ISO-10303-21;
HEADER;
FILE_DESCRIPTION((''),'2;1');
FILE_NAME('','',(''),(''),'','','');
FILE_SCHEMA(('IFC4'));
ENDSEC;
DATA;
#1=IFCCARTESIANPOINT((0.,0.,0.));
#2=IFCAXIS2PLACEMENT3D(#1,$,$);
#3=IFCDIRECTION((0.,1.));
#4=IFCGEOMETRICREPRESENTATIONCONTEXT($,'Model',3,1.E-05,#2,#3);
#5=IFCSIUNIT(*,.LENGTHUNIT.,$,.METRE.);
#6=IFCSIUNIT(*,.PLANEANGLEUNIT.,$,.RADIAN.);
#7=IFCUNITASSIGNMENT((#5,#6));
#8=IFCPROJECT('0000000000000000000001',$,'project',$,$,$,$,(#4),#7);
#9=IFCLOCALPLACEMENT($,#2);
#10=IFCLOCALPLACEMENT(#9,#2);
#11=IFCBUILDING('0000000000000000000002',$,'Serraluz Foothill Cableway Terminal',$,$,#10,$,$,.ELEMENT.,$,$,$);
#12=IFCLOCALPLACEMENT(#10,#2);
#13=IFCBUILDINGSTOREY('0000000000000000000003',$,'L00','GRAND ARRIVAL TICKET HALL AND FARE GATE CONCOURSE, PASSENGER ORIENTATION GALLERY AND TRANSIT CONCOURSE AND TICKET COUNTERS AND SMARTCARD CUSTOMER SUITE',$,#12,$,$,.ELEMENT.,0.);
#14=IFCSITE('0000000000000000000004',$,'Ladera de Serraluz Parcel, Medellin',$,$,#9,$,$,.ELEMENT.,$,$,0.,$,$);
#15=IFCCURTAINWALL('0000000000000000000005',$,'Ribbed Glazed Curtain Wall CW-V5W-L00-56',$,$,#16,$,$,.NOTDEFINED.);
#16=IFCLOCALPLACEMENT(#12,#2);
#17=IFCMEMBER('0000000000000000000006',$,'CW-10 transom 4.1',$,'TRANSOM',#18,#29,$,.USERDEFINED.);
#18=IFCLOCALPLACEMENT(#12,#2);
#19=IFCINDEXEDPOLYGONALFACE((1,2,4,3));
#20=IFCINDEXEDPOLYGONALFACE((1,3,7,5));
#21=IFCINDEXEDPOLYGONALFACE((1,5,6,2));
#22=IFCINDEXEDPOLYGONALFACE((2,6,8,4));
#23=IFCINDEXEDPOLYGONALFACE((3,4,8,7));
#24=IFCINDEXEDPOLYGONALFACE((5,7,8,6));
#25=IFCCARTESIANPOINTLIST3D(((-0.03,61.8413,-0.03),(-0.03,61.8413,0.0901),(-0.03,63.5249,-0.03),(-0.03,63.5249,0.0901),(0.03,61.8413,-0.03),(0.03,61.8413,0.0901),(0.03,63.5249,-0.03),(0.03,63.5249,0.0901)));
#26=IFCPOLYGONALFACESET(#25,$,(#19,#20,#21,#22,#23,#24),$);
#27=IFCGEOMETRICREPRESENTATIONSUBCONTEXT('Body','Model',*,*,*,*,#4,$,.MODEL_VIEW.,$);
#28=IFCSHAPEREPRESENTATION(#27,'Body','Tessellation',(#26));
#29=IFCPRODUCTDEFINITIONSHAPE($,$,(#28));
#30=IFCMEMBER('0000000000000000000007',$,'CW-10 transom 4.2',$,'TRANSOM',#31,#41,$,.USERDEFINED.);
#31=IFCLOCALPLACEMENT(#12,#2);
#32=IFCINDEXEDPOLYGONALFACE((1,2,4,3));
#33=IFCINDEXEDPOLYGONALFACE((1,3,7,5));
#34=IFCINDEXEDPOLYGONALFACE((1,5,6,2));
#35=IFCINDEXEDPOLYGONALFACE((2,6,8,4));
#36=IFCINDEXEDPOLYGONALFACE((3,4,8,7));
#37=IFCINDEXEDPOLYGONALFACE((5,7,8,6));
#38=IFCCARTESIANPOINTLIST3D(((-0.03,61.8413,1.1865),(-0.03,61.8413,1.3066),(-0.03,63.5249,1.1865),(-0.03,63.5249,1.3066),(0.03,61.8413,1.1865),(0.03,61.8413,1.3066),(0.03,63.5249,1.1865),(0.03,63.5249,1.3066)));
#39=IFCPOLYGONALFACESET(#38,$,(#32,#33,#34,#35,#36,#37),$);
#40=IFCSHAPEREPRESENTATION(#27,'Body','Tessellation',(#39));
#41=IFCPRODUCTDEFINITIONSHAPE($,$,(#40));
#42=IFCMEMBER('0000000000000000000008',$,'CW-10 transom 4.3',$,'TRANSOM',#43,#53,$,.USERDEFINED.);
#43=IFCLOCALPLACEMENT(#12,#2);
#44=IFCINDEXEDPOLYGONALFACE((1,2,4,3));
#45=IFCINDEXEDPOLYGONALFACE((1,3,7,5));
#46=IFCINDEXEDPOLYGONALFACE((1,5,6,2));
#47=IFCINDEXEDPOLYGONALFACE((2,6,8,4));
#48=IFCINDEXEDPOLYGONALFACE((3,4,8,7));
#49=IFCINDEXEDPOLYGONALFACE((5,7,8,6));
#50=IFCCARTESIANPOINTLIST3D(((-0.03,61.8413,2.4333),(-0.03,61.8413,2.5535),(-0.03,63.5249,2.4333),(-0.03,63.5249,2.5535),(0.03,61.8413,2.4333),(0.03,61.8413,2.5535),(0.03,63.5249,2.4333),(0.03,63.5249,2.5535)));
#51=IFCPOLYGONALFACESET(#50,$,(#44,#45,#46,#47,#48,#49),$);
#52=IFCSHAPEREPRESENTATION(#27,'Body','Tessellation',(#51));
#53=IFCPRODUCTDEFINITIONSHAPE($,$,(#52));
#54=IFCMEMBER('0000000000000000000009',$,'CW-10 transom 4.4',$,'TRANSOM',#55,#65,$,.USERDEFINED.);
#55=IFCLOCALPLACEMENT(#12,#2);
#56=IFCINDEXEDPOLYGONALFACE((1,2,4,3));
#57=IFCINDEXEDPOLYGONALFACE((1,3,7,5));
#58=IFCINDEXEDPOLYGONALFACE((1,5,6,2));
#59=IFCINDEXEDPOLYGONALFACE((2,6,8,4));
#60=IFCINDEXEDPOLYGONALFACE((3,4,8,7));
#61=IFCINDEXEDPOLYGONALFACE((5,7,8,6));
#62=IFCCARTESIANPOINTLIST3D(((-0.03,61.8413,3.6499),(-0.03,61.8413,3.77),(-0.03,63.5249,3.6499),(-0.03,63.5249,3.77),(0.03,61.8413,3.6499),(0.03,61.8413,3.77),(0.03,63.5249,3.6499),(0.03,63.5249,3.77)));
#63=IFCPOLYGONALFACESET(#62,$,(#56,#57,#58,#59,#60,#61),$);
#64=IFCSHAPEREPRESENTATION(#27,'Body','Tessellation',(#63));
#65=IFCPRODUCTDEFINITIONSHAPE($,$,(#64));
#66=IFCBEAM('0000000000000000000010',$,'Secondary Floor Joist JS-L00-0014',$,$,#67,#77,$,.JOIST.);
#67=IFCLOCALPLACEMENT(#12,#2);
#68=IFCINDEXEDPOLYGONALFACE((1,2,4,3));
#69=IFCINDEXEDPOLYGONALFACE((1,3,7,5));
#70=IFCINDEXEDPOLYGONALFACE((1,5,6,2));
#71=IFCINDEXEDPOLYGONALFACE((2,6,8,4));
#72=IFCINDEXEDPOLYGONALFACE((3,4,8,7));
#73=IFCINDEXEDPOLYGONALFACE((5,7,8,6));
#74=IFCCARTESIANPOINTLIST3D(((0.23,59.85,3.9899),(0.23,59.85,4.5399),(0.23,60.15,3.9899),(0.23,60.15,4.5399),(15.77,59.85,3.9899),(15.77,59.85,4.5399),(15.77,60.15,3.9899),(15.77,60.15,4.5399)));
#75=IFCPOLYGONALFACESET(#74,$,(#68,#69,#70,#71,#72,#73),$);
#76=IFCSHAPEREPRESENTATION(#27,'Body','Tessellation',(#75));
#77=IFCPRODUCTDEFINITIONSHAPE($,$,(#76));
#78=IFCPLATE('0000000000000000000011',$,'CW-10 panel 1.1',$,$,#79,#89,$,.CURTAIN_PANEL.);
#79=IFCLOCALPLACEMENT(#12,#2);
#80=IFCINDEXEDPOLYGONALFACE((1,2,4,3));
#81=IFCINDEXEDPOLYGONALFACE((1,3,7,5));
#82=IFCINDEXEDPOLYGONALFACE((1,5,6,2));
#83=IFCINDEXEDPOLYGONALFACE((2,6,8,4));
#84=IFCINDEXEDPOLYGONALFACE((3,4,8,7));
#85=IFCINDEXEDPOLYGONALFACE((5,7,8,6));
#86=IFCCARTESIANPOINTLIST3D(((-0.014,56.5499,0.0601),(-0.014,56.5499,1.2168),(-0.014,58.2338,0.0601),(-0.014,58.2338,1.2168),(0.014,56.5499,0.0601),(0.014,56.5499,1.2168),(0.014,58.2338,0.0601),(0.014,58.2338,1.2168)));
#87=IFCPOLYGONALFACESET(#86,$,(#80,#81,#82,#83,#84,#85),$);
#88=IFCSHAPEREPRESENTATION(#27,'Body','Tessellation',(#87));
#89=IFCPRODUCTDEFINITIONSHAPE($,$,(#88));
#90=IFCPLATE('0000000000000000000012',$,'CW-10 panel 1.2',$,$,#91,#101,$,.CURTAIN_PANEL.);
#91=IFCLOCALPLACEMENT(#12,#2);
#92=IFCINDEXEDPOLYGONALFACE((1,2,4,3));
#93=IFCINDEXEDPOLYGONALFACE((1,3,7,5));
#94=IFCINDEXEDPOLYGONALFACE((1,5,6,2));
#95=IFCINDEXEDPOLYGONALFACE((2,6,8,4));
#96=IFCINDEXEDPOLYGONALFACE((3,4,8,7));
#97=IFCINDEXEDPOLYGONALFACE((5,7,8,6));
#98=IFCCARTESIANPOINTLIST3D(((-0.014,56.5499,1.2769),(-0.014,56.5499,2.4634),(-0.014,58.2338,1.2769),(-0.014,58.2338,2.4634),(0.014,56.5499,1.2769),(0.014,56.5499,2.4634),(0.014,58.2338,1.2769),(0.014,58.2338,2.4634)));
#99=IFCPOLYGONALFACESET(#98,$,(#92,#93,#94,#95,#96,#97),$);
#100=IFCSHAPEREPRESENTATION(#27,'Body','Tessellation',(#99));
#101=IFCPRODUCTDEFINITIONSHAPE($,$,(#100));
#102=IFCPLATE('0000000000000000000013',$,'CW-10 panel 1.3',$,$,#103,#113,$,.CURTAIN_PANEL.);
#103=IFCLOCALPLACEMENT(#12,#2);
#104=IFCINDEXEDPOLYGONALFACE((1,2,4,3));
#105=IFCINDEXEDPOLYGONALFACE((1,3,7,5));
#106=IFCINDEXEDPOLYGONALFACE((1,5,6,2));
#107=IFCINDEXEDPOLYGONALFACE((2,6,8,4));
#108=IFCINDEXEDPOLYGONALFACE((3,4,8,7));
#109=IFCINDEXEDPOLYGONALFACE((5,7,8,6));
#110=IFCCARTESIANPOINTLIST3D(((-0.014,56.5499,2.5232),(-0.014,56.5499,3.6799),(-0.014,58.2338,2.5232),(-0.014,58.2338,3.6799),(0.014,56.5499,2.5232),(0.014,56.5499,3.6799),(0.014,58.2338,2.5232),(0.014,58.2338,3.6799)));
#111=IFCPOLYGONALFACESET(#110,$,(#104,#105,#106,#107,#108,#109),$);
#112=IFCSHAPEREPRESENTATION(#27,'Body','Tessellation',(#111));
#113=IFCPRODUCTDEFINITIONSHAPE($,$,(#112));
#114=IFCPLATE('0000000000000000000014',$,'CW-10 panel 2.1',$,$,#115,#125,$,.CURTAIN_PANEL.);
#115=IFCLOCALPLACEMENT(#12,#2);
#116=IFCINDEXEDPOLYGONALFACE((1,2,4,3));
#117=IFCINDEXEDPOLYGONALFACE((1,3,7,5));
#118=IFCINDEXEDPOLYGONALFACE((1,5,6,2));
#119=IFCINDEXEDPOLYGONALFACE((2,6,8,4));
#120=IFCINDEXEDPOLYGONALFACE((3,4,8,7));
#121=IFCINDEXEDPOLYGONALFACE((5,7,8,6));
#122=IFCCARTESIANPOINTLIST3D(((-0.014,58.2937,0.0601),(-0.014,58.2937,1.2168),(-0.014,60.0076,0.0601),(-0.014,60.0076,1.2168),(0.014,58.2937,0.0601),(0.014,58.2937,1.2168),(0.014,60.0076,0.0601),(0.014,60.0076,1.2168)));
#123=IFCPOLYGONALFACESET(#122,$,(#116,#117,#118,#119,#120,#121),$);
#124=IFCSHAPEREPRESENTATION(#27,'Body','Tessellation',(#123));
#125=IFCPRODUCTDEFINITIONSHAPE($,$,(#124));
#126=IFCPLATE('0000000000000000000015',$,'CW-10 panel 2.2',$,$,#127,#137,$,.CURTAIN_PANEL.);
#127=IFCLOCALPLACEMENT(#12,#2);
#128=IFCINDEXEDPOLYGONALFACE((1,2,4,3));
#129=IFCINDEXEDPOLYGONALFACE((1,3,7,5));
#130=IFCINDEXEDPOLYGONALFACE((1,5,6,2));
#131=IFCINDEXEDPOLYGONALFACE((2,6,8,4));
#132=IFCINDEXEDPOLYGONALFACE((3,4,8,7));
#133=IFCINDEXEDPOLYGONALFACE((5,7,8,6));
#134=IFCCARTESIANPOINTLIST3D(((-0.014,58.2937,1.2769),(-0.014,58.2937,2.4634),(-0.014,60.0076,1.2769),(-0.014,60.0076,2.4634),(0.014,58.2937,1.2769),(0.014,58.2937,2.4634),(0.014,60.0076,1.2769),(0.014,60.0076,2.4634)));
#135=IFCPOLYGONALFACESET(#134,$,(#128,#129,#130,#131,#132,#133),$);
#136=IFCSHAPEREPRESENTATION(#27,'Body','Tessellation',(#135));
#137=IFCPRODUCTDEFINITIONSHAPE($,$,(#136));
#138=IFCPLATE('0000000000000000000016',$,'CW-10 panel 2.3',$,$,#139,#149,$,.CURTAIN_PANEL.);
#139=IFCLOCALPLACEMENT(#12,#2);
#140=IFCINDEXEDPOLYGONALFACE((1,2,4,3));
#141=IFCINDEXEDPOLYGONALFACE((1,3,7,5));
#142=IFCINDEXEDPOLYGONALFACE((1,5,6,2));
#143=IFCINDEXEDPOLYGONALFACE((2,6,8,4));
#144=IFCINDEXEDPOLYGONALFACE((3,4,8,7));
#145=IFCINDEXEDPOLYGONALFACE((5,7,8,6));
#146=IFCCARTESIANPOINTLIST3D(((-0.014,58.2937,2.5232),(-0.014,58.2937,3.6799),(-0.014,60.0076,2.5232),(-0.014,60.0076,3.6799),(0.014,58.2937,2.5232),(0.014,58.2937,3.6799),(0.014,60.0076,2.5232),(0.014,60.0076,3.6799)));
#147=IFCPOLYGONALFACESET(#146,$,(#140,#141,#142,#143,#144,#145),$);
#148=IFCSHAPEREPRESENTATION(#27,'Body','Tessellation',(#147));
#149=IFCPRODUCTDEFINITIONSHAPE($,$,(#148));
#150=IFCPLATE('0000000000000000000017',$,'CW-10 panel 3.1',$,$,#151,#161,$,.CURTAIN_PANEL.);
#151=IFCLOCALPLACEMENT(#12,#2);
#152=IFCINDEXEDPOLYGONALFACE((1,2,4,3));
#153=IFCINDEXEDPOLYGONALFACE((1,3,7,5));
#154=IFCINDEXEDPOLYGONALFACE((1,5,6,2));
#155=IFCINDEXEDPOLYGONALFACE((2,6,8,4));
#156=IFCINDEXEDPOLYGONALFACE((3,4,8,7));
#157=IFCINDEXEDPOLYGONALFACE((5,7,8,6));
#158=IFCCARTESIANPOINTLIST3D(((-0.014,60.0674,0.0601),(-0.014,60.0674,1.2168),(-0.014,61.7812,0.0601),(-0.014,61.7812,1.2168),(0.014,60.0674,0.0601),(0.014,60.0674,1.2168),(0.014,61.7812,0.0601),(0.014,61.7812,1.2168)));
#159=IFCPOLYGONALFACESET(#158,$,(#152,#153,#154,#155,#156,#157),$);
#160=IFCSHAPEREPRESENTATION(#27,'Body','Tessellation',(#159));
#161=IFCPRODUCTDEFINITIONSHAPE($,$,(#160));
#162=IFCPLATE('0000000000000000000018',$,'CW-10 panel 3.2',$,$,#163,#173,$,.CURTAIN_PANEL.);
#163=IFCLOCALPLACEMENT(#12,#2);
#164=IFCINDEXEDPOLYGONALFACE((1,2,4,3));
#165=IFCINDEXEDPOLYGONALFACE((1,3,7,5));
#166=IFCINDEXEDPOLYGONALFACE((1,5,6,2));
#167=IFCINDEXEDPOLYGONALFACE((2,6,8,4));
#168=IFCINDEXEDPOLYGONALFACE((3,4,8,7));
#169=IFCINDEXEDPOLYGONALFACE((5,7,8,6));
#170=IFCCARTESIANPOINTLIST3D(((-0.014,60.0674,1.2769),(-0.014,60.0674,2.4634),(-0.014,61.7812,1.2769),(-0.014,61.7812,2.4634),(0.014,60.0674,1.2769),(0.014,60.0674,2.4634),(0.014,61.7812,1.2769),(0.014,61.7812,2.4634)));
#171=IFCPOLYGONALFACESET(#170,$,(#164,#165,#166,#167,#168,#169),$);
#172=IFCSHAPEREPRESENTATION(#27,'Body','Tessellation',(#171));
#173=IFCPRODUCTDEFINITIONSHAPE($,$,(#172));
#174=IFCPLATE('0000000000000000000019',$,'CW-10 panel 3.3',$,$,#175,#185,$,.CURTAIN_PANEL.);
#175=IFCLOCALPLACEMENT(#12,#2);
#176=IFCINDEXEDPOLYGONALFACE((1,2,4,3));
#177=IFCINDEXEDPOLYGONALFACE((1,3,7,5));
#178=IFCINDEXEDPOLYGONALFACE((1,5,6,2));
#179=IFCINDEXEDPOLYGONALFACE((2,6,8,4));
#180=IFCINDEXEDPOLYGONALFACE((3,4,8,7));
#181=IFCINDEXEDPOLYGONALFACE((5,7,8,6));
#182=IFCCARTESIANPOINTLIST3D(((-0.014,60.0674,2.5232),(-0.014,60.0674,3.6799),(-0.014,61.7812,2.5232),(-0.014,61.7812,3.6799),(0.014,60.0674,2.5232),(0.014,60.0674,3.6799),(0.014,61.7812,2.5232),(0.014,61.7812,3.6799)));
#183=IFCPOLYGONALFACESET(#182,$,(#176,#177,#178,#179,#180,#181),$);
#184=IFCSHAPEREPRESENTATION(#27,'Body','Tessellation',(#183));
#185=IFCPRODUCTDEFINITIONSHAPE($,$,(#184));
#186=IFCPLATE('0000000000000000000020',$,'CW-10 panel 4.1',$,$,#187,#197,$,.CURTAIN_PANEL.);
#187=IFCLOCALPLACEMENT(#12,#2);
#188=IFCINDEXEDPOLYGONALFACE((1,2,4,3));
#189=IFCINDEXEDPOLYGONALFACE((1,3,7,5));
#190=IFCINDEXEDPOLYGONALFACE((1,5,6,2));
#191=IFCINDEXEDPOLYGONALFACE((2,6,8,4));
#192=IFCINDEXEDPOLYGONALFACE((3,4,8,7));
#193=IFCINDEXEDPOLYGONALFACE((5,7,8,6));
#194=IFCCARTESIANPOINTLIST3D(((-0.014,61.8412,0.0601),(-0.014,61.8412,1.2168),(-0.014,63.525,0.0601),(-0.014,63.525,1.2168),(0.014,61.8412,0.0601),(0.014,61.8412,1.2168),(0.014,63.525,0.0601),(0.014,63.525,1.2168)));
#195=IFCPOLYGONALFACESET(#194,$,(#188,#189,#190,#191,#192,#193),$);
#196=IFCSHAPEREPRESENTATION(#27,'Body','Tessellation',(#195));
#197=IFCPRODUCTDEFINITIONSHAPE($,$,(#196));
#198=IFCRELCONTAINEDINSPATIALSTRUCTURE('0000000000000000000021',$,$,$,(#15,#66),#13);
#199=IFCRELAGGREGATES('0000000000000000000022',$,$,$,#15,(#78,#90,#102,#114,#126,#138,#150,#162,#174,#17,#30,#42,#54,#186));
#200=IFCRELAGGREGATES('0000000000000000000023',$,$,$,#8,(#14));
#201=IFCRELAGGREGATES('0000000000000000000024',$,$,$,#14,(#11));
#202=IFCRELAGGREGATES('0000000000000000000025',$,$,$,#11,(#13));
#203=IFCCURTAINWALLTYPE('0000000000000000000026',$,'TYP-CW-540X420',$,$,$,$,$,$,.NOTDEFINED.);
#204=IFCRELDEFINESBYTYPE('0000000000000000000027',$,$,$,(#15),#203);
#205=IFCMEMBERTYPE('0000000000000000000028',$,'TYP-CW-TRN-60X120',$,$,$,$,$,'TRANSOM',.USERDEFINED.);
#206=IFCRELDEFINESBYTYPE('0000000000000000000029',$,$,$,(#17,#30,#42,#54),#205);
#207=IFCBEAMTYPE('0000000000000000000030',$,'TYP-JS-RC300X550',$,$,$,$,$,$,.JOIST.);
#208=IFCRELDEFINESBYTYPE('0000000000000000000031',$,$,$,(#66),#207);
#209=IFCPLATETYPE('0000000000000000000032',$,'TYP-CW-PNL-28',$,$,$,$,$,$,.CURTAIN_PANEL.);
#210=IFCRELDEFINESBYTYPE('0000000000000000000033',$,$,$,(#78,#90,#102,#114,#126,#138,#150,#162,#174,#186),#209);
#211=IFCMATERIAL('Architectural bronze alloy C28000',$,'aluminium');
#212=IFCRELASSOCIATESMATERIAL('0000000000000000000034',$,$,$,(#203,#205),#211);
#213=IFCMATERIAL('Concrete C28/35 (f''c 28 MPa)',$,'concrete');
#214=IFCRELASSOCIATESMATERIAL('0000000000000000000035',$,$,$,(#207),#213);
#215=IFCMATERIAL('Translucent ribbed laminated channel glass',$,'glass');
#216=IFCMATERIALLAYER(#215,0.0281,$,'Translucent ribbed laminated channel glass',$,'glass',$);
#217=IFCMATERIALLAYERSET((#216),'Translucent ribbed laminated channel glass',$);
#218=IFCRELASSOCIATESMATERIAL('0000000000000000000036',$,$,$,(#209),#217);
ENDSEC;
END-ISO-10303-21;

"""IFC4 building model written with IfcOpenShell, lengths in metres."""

from ifc_helpers import new_model, si_unit, direction, frame, origin, origin_2d, place, context, subcontext, project, spatial, rectangle, extrude, material, layer, layer_set, material_profile, profile_set, type_object, element, aggregate, save


model = new_model("IFC4")

# Units and contexts
model_context = context("Model", 3, precision=1e-05, world=origin(), true_north=direction((0.0, 1.0)))
body_context = subcontext(model_context, "Body", "Model", "MODEL_VIEW")
ifc_project = project(units=[si_unit("LENGTHUNIT", "METRE"), si_unit("PLANEANGLEUNIT", "RADIAN")], contexts=[model_context])

# Site, building, storey
site_placement = place(None, origin())
site = spatial("IfcSite", under=ifc_project, at=site_placement, Name="Ladera de Serraluz Parcel, Medellin", CompositionType="ELEMENT", RefElevation=0.0)
building_placement = place(site_placement, origin())
building = spatial("IfcBuilding", under=site, at=building_placement, Name="Serraluz Foothill Cableway Terminal", CompositionType="ELEMENT")
storey_placement = place(building_placement, origin())
storey = spatial("IfcBuildingStorey", under=building, at=storey_placement, Name="L00", Description="GRAND ARRIVAL TICKET HALL AND FARE GATE CONCOURSE, PASSENGER ORIENTATION GALLERY AND TRANSIT CONCOURSE AND TICKET COUNTERS AND SMARTCARD CUSTOMER SUITE", CompositionType="ELEMENT", Elevation=0.0)

# Shared definitions
ifc_material_1 = material(Name="Concrete C28/35 (f'c 28 MPa)", Category="concrete")

# Curtain wall, members
ifc_material_2 = material(Name="Architectural bronze alloy C28000", Category="aluminium")
curtain_wall_type = type_object("IfcCurtainWallType", Name="TYP-CW-540X420", PredefinedType="NOTDEFINED", material=ifc_material_2)
curtain_wall_placement = place(storey_placement, origin())
curtain_wall = element("IfcCurtainWall", 1, at=curtain_wall_placement, inside=storey, type_object=curtain_wall_type, Name="Ribbed Glazed Curtain Wall CW-V5W-L00-56", PredefinedType="NOTDEFINED")
ifc_material_profile_1 = material_profile(ifc_material_2, rectangle(XDim=0.0601, YDim=0.1201, at=origin_2d()), Name="ALU TRANSOM 60x120")
ifc_profile_set_1 = profile_set([ifc_material_profile_1], Name="Architectural bronze alloy C28000")
member_type_1 = type_object("IfcMemberType", Name="TYP-CW-TRN-60X120", ElementType="TRANSOM", PredefinedType="USERDEFINED", material=ifc_profile_set_1)
member_1_placement = place(storey_placement, frame((0.0, 61.8413, 0.03), z_axis=(0.0, 1.0, 0.0), x_axis=(-1.0, 0.0, 0.0)))
member_1 = element("IfcMember", 2, at=member_1_placement, type_object=member_type_1, Name="CW-10 transom 4.1", ObjectType="TRANSOM", PredefinedType="USERDEFINED", context=body_context, shape_type="SweptSolid", body=[
    extrude(rectangle(XDim=0.0601, YDim=0.1201, at=origin_2d()), origin(), (0.0, 0.0, 1.0), 1.6836),
])
member_2_placement = place(storey_placement, frame((0.0, 61.8413, 1.2466), z_axis=(0.0, 1.0, 0.0), x_axis=(-1.0, 0.0, 0.0)))
member_2 = element("IfcMember", 3, at=member_2_placement, type_object=member_type_1, Name="CW-10 transom 4.2", ObjectType="TRANSOM", PredefinedType="USERDEFINED", context=body_context, shape_type="SweptSolid", body=[
    extrude(rectangle(XDim=0.0601, YDim=0.1201, at=origin_2d()), origin(), (0.0, 0.0, 1.0), 1.6836),
])
member_3_placement = place(storey_placement, frame((0.0, 61.8413, 2.4934), z_axis=(0.0, 1.0, 0.0), x_axis=(-1.0, 0.0, 0.0)))
member_3 = element("IfcMember", 4, at=member_3_placement, type_object=member_type_1, Name="CW-10 transom 4.3", ObjectType="TRANSOM", PredefinedType="USERDEFINED", context=body_context, shape_type="SweptSolid", body=[
    extrude(rectangle(XDim=0.0601, YDim=0.1201, at=origin_2d()), origin(), (0.0, 0.0, 1.0), 1.6836),
])
member_4_placement = place(storey_placement, frame((0.0, 61.8413, 3.71), z_axis=(0.0, 1.0, 0.0), x_axis=(-1.0, 0.0, 0.0)))
member_4 = element("IfcMember", 5, at=member_4_placement, type_object=member_type_1, Name="CW-10 transom 4.4", ObjectType="TRANSOM", PredefinedType="USERDEFINED", context=body_context, shape_type="SweptSolid", body=[
    extrude(rectangle(XDim=0.0601, YDim=0.1201, at=origin_2d()), origin(), (0.0, 0.0, 1.0), 1.6836),
])

# Beam
ifc_material_profile_2 = material_profile(ifc_material_1, rectangle(XDim=0.3, YDim=0.55, at=origin_2d()), Name="RC 300x550")
ifc_profile_set_2 = profile_set([ifc_material_profile_2], Name="Concrete C28/35 (f'c 28 MPa)")
beam_type_1 = type_object("IfcBeamType", Name="TYP-JS-RC300X550", PredefinedType="JOIST", material=ifc_profile_set_2)
beam_1_placement = place(storey_placement, frame((0.23, 60.0, 4.2649), z_axis=(1.0, 0.0, 0.0), x_axis=(0.0, 1.0, 0.0)))
element("IfcBeam", 6, at=beam_1_placement, inside=storey, type_object=beam_type_1, Name="Secondary Floor Joist JS-L00-0014", PredefinedType="JOIST", context=body_context, shape_type="SweptSolid", body=[
    extrude(rectangle(XDim=0.3, YDim=0.55, at=origin_2d()), origin(), (0.0, 0.0, 1.0), 15.54),
])

# Plates
ifc_material_3 = material(Name="Translucent ribbed laminated channel glass", Category="glass")
ifc_layer = layer(ifc_material_3, 0.0281, Name="Translucent ribbed laminated channel glass", Category="glass")
ifc_layer_set = layer_set([ifc_layer], Name="Translucent ribbed laminated channel glass")
plate_type = type_object("IfcPlateType", Name="TYP-CW-PNL-28", PredefinedType="CURTAIN_PANEL", material=ifc_layer_set)
plate_1_placement = place(storey_placement, frame((0.0, 57.3918, 0.0601), z_axis=(0.0, 0.0, 1.0), x_axis=(0.0, 1.0, 0.0)))
plate_1 = element("IfcPlate", 7, at=plate_1_placement, type_object=plate_type, Name="CW-10 panel 1.1", PredefinedType="CURTAIN_PANEL", context=body_context, shape_type="SweptSolid", body=[
    extrude(rectangle(XDim=1.6838, YDim=0.0281, at=origin_2d()), origin(), (0.0, 0.0, 1.0), 1.1567),
])
plate_2_placement = place(storey_placement, frame((0.0, 57.3918, 1.2769), z_axis=(0.0, 0.0, 1.0), x_axis=(0.0, 1.0, 0.0)))
plate_2 = element("IfcPlate", 8, at=plate_2_placement, type_object=plate_type, Name="CW-10 panel 1.2", PredefinedType="CURTAIN_PANEL", context=body_context, shape_type="SweptSolid", body=[
    extrude(rectangle(XDim=1.6838, YDim=0.0281, at=origin_2d()), origin(), (0.0, 0.0, 1.0), 1.1865),
])
plate_3_placement = place(storey_placement, frame((0.0, 57.3918, 2.5232), z_axis=(0.0, 0.0, 1.0), x_axis=(0.0, 1.0, 0.0)))
plate_3 = element("IfcPlate", 9, at=plate_3_placement, type_object=plate_type, Name="CW-10 panel 1.3", PredefinedType="CURTAIN_PANEL", context=body_context, shape_type="SweptSolid", body=[
    extrude(rectangle(XDim=1.6838, YDim=0.0281, at=origin_2d()), origin(), (0.0, 0.0, 1.0), 1.1567),
])
plate_4_placement = place(storey_placement, frame((0.0, 59.1506, 0.0601), z_axis=(0.0, 0.0, 1.0), x_axis=(0.0, 1.0, 0.0)))
plate_4 = element("IfcPlate", 10, at=plate_4_placement, type_object=plate_type, Name="CW-10 panel 2.1", PredefinedType="CURTAIN_PANEL", context=body_context, shape_type="SweptSolid", body=[
    extrude(rectangle(XDim=1.7139, YDim=0.0281, at=origin_2d()), origin(), (0.0, 0.0, 1.0), 1.1567),
])
plate_5_placement = place(storey_placement, frame((0.0, 59.1506, 1.2769), z_axis=(0.0, 0.0, 1.0), x_axis=(0.0, 1.0, 0.0)))
plate_5 = element("IfcPlate", 11, at=plate_5_placement, type_object=plate_type, Name="CW-10 panel 2.2", PredefinedType="CURTAIN_PANEL", context=body_context, shape_type="SweptSolid", body=[
    extrude(rectangle(XDim=1.7139, YDim=0.0281, at=origin_2d()), origin(), (0.0, 0.0, 1.0), 1.1865),
])
plate_6_placement = place(storey_placement, frame((0.0, 59.1506, 2.5232), z_axis=(0.0, 0.0, 1.0), x_axis=(0.0, 1.0, 0.0)))
plate_6 = element("IfcPlate", 12, at=plate_6_placement, type_object=plate_type, Name="CW-10 panel 2.3", PredefinedType="CURTAIN_PANEL", context=body_context, shape_type="SweptSolid", body=[
    extrude(rectangle(XDim=1.7139, YDim=0.0281, at=origin_2d()), origin(), (0.0, 0.0, 1.0), 1.1567),
])
plate_7_placement = place(storey_placement, frame((0.0, 60.9243, 0.0601), z_axis=(0.0, 0.0, 1.0), x_axis=(0.0, 1.0, 0.0)))
plate_7 = element("IfcPlate", 13, at=plate_7_placement, type_object=plate_type, Name="CW-10 panel 3.1", PredefinedType="CURTAIN_PANEL", context=body_context, shape_type="SweptSolid", body=[
    extrude(rectangle(XDim=1.7139, YDim=0.0281, at=origin_2d()), origin(), (0.0, 0.0, 1.0), 1.1567),
])
plate_8_placement = place(storey_placement, frame((0.0, 60.9243, 1.2769), z_axis=(0.0, 0.0, 1.0), x_axis=(0.0, 1.0, 0.0)))
plate_8 = element("IfcPlate", 14, at=plate_8_placement, type_object=plate_type, Name="CW-10 panel 3.2", PredefinedType="CURTAIN_PANEL", context=body_context, shape_type="SweptSolid", body=[
    extrude(rectangle(XDim=1.7139, YDim=0.0281, at=origin_2d()), origin(), (0.0, 0.0, 1.0), 1.1865),
])
plate_9_placement = place(storey_placement, frame((0.0, 60.9243, 2.5232), z_axis=(0.0, 0.0, 1.0), x_axis=(0.0, 1.0, 0.0)))
plate_9 = element("IfcPlate", 15, at=plate_9_placement, type_object=plate_type, Name="CW-10 panel 3.3", PredefinedType="CURTAIN_PANEL", context=body_context, shape_type="SweptSolid", body=[
    extrude(rectangle(XDim=1.7139, YDim=0.0281, at=origin_2d()), origin(), (0.0, 0.0, 1.0), 1.1567),
])
plate_10_placement = place(storey_placement, frame((0.0, 62.6831, 0.0601), z_axis=(0.0, 0.0, 1.0), x_axis=(0.0, 1.0, 0.0)))
plate_10 = element("IfcPlate", 16, at=plate_10_placement, type_object=plate_type, Name="CW-10 panel 4.1", PredefinedType="CURTAIN_PANEL", context=body_context, shape_type="SweptSolid", body=[
    extrude(rectangle(XDim=1.6838, YDim=0.0281, at=origin_2d()), origin(), (0.0, 0.0, 1.0), 1.1567),
])
aggregate(curtain_wall, [plate_1, plate_2, plate_3, plate_4, plate_5, plate_6, plate_7, plate_8, plate_9, member_1, member_2, member_3, member_4, plate_10])

save(model, "model.ifc")
